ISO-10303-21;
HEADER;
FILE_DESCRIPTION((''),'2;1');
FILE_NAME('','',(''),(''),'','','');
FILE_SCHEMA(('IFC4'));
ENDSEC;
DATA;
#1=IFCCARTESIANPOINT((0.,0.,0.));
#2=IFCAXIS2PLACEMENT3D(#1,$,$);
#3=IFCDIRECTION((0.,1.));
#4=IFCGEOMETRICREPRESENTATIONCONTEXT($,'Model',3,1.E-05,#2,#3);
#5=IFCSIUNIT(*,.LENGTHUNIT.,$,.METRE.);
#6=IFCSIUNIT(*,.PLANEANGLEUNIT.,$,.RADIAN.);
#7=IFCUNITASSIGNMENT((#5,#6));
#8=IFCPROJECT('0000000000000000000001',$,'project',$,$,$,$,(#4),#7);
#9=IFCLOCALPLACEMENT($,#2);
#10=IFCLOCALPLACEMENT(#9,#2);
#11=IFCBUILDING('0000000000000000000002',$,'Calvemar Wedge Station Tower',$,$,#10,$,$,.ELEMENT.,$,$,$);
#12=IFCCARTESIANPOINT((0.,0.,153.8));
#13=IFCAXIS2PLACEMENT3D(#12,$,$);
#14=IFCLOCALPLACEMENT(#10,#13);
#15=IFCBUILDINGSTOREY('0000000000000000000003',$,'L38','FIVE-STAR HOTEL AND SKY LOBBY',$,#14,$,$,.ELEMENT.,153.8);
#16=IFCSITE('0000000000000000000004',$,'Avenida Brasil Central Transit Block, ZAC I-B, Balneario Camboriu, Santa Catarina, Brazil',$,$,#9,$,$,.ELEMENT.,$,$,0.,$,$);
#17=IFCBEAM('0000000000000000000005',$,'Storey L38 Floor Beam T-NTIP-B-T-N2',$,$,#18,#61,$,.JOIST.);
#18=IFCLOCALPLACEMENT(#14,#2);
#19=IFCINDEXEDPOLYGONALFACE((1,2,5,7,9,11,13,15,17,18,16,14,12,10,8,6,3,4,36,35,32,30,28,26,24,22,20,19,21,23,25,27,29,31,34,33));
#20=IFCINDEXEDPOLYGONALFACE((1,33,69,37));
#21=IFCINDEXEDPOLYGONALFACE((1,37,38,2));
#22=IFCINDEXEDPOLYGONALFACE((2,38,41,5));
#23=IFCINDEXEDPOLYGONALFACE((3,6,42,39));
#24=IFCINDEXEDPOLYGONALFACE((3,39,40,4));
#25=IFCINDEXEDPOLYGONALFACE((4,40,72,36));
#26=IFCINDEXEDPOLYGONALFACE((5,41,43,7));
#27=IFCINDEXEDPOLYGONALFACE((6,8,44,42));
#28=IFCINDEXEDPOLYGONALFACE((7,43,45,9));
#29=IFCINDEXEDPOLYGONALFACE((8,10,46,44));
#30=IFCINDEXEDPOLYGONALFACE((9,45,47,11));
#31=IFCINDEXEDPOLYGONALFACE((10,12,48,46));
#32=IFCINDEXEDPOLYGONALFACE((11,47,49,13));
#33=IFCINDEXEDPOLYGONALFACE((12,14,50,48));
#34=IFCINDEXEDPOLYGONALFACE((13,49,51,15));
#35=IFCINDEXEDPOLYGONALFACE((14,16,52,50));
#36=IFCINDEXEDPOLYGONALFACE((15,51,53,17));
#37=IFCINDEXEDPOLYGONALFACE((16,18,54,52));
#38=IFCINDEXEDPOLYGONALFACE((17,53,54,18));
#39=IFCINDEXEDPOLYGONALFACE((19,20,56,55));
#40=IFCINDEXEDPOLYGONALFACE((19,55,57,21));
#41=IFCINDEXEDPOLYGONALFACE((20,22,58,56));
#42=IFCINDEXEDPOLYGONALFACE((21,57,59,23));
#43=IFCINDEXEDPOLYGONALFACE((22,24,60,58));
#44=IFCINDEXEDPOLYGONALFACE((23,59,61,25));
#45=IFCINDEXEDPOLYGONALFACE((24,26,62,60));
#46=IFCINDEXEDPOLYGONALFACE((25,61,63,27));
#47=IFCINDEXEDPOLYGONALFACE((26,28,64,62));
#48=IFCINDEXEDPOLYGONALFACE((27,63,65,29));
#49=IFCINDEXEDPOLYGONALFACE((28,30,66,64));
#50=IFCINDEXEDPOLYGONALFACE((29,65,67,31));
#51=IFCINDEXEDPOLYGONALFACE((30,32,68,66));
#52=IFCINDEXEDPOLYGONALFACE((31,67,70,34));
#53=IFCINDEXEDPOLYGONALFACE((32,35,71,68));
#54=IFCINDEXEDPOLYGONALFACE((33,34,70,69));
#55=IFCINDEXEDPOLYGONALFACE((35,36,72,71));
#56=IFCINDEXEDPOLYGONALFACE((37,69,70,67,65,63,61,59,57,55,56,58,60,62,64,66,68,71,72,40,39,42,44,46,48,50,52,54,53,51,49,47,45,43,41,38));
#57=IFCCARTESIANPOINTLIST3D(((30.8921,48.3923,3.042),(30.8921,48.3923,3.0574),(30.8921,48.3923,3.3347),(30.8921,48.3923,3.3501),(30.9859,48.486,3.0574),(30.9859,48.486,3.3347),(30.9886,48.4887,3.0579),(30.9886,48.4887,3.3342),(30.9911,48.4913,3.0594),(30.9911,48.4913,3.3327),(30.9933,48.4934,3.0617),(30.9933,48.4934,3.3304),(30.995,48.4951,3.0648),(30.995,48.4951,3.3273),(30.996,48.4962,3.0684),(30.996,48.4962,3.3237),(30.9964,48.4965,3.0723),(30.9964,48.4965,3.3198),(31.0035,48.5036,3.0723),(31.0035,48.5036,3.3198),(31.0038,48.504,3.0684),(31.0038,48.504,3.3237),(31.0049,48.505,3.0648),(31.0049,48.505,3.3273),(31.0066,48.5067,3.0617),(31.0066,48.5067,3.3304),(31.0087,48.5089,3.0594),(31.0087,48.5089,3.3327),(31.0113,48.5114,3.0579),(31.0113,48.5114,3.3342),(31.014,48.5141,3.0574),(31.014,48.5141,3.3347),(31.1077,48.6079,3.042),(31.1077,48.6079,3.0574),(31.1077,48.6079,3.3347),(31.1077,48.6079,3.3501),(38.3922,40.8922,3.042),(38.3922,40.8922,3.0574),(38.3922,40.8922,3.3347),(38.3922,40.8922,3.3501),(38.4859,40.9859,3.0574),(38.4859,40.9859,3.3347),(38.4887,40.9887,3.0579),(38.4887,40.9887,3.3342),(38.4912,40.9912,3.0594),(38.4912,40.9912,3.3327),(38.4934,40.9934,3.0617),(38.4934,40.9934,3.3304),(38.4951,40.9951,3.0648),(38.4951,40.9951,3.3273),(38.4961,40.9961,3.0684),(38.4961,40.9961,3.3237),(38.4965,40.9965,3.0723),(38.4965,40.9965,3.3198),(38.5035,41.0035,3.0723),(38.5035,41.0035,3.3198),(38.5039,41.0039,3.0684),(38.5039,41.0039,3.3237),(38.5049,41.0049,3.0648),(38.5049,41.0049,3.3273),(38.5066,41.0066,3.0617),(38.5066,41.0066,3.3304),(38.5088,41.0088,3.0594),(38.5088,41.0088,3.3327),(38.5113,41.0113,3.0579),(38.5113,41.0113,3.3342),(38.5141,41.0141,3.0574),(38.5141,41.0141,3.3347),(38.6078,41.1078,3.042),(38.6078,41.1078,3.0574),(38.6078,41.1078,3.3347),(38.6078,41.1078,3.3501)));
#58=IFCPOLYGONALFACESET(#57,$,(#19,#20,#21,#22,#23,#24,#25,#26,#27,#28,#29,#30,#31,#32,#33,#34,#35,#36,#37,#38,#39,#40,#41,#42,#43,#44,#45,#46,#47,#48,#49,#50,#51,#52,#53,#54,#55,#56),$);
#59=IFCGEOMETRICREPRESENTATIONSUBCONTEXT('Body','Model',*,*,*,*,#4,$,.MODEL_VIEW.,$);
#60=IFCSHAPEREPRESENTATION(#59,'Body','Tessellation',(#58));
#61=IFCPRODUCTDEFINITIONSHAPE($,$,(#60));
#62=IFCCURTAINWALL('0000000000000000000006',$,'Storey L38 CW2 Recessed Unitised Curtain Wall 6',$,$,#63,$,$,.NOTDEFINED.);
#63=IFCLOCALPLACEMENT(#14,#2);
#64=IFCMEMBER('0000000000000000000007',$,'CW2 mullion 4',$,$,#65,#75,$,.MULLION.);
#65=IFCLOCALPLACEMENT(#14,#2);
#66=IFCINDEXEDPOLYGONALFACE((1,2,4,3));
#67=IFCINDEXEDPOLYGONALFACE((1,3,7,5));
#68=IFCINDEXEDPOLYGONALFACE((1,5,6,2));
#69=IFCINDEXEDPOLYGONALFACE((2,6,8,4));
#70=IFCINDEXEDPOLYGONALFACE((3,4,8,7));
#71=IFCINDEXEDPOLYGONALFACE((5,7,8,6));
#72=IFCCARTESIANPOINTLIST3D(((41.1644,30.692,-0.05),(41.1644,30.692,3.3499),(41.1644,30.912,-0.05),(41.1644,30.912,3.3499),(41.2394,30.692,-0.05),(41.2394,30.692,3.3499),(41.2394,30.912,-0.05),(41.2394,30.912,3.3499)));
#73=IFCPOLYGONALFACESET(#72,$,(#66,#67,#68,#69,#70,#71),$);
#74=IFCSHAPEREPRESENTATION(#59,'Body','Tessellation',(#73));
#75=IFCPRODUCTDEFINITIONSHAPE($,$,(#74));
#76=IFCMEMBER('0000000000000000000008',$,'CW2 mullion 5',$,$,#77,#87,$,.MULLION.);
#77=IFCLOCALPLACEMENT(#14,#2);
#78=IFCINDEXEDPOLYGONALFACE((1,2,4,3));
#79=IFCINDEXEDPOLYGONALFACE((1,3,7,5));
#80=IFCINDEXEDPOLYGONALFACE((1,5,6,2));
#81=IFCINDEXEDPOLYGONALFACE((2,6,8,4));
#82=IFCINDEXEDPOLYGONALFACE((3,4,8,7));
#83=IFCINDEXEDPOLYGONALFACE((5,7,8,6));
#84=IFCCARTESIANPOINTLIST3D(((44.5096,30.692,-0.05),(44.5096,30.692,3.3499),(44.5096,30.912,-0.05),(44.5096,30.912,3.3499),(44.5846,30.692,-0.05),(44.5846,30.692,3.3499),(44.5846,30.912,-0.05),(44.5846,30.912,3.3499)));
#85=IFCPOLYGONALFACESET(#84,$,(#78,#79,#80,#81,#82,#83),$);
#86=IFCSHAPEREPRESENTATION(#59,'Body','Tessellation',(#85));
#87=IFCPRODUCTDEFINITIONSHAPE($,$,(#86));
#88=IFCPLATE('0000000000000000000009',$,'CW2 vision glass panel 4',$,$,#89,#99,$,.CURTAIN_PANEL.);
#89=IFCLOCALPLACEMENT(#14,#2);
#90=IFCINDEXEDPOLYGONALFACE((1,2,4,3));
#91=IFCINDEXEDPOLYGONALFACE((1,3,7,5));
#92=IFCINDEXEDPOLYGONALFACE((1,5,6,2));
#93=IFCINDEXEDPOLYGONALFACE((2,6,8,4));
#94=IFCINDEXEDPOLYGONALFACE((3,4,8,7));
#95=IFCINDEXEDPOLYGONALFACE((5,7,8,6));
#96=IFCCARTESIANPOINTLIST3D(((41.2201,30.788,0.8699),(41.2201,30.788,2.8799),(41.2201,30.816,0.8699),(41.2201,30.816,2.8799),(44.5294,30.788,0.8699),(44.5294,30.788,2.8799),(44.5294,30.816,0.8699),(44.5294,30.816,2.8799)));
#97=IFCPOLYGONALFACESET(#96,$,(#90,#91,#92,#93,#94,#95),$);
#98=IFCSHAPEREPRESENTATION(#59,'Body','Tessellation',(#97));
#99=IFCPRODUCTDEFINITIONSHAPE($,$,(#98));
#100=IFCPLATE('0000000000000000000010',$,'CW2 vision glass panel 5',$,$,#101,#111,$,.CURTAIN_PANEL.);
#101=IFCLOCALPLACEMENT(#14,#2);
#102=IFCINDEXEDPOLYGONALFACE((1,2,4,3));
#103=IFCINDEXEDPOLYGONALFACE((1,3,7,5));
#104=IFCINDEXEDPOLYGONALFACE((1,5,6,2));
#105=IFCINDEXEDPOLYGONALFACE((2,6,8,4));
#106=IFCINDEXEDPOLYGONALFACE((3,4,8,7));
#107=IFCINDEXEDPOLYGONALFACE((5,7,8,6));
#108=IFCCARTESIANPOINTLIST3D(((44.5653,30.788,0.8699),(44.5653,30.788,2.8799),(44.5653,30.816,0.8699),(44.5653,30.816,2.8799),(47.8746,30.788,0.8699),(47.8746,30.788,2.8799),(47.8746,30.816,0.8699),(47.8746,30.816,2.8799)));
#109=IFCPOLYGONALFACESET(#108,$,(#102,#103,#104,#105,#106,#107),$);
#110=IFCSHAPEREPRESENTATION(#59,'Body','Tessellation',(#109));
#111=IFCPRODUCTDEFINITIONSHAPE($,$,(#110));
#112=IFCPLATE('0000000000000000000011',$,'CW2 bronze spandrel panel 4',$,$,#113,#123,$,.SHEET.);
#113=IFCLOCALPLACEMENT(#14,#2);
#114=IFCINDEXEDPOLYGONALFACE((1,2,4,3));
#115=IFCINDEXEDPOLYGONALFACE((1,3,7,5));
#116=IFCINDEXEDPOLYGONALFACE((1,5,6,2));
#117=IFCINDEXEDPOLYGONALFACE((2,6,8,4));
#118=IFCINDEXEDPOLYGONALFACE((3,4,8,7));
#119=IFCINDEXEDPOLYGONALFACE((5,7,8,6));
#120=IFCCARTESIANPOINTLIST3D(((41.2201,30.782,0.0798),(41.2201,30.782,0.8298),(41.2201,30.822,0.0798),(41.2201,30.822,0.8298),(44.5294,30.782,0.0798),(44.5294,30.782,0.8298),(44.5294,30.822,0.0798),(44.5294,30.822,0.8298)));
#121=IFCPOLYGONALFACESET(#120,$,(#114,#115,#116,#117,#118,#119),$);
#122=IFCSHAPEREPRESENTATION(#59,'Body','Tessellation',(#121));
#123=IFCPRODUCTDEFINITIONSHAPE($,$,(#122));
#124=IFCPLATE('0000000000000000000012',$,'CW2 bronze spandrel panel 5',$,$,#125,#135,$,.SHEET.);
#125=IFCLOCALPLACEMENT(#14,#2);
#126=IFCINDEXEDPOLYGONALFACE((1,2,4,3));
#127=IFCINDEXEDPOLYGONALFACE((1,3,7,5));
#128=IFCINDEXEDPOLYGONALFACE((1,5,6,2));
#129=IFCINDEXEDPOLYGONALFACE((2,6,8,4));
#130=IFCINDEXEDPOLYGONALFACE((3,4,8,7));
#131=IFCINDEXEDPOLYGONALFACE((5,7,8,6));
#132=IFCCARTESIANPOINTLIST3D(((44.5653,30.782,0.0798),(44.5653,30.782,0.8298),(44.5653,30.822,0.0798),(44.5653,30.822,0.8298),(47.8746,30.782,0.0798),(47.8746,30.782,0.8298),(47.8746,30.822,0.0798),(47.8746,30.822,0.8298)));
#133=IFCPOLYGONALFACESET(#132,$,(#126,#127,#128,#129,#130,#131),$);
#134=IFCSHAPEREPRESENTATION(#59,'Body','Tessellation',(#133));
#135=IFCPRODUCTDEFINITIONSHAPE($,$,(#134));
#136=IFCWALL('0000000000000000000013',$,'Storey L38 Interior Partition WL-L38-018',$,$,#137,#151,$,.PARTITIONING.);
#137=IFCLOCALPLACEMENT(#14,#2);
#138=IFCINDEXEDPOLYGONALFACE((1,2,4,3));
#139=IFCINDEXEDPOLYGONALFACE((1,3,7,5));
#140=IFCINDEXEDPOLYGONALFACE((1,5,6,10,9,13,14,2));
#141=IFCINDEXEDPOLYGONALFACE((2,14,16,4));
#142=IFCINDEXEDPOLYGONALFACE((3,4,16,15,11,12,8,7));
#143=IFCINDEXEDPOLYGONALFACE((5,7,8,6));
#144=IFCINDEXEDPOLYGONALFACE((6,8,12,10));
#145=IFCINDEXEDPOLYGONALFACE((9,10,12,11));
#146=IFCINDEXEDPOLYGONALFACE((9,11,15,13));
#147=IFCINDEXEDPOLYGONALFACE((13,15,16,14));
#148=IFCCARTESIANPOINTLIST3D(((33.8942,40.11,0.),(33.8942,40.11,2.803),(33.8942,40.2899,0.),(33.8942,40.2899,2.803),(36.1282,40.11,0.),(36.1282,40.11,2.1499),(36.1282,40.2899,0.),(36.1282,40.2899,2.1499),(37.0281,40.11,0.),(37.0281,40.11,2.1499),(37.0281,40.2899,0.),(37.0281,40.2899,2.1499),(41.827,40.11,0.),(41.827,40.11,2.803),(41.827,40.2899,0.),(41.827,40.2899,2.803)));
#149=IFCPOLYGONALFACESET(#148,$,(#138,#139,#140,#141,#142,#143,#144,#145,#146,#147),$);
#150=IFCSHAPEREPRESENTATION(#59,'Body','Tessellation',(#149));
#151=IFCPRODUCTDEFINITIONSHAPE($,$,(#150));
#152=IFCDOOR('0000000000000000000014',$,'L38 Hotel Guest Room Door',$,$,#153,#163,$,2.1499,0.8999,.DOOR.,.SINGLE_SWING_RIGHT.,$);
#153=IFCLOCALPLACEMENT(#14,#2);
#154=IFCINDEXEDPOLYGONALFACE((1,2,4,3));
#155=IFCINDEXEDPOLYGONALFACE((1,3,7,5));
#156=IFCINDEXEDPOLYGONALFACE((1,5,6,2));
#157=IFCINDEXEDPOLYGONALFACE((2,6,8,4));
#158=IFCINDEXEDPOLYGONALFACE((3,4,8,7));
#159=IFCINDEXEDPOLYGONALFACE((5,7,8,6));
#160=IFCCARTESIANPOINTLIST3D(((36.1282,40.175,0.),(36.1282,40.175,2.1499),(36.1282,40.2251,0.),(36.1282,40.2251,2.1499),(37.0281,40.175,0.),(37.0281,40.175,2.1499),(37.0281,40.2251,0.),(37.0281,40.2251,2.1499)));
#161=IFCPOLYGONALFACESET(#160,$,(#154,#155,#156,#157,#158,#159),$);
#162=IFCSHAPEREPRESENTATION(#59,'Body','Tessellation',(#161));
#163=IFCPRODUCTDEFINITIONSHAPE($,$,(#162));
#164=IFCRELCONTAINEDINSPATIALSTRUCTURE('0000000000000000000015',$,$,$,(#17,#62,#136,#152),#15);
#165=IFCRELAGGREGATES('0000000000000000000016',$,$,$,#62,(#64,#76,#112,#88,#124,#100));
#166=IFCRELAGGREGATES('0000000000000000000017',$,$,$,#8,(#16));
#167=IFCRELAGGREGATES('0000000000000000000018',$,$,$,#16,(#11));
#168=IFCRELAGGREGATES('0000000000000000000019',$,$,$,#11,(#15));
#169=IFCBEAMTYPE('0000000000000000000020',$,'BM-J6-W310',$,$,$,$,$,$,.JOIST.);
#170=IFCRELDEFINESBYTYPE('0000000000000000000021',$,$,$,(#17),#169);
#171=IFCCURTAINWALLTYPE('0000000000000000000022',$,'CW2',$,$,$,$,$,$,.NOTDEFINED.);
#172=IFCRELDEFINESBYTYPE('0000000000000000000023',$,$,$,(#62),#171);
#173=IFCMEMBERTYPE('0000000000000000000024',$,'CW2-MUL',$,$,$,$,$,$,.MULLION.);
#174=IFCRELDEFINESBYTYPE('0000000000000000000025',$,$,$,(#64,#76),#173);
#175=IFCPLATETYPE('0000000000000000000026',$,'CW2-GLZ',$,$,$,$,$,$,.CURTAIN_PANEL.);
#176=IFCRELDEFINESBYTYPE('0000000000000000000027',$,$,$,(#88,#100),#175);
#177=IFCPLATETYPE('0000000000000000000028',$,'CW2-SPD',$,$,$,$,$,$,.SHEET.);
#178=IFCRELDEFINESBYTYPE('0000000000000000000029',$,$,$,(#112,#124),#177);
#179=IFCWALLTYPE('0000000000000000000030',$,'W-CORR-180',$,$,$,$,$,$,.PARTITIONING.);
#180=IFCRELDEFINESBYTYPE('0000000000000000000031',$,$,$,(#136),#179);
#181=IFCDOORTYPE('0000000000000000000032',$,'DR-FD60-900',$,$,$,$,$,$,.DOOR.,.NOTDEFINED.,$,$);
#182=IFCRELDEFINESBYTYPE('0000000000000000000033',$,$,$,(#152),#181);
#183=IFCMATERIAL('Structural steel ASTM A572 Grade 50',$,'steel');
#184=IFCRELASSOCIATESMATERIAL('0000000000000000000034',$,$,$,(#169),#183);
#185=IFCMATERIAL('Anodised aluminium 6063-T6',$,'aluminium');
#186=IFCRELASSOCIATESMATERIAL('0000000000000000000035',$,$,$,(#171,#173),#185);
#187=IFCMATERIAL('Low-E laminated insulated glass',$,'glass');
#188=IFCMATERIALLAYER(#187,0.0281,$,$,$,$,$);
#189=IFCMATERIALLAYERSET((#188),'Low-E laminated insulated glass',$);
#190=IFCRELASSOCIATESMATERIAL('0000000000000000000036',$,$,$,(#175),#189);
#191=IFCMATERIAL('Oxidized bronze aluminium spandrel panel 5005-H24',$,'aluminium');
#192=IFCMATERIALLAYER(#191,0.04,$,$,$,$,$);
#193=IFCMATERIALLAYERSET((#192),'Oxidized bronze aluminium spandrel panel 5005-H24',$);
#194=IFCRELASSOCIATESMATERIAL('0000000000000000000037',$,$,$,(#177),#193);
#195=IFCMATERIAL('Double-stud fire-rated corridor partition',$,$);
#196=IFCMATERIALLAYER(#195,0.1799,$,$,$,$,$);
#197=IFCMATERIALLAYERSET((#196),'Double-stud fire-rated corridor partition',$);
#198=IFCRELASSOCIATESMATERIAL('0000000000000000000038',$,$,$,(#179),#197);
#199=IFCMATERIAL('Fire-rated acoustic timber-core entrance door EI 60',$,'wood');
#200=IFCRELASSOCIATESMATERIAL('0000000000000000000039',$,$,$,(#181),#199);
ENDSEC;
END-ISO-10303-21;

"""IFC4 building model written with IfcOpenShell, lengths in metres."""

from ifc_helpers import new_model, si_unit, direction, frame, frame_2d, origin, origin_2d, place, context, subcontext, project, spatial, rectangle, i_section, extrude, source, transform, mapped, material, layer, layer_set, material_profile, profile_set, type_object, element, fill, aggregate, save


model = new_model("IFC4")

# Units and contexts
model_context = context("Model", 3, precision=1e-05, world=origin(), true_north=direction((0.0, 1.0)))
body_context = subcontext(model_context, "Body", "Model", "MODEL_VIEW")
ifc_project = project(units=[si_unit("LENGTHUNIT", "METRE"), si_unit("PLANEANGLEUNIT", "RADIAN")], contexts=[model_context])

# Site, building, storey
site_placement = place(None, origin())
site = spatial("IfcSite", under=ifc_project, at=site_placement, Name="Avenida Brasil Central Transit Block, ZAC I-B, Balneario Camboriu, Santa Catarina, Brazil", CompositionType="ELEMENT", RefElevation=0.0)
building_placement = place(site_placement, origin())
building = spatial("IfcBuilding", under=site, at=building_placement, Name="Calvemar Wedge Station Tower", CompositionType="ELEMENT")
storey_placement = place(building_placement, frame((0.0, 0.0, 153.8)))
storey = spatial("IfcBuildingStorey", under=building, at=storey_placement, Name="L38", Description="FIVE-STAR HOTEL AND SKY LOBBY", CompositionType="ELEMENT", Elevation=153.8)

# Beam
ifc_material_1 = material(Name="Structural steel ASTM A572 Grade 50", Category="steel")
ifc_material_profile_1 = material_profile(ifc_material_1, i_section(OverallWidth=0.3049, OverallDepth=0.3081, WebThickness=0.01, FlangeThickness=0.0154, FilletRadius=0.0149, at=origin_2d()), Name="W310x97")
ifc_profile_set_1 = profile_set([ifc_material_profile_1], Name="Structural steel ASTM A572 Grade 50")
beam_type = type_object("IfcBeamType", Name="BM-J6-W310", PredefinedType="JOIST", material=ifc_profile_set_1)
shared_shape_1 = source(origin(), body_context, "Body", "SweptSolid", [
    extrude(i_section(OverallWidth=0.3049, OverallDepth=0.3081, WebThickness=0.01, FlangeThickness=0.0154, FilletRadius=0.0149, at=origin_2d()), origin(), (0.0, 0.0, 1.0), 10.6067),
])
beam_placement = place(storey_placement, frame((38.5, 41.0, 3.196), z_axis=(-0.707107, 0.707107, 0.0), x_axis=(-0.707107, -0.707107, 0.0)))
element("IfcBeam", 1, at=beam_placement, inside=storey, type_object=beam_type, Name="Storey L38 Floor Beam T-NTIP-B-T-N2", PredefinedType="JOIST", context=body_context, shape_type="MappedRepresentation", body=[
    mapped(shared_shape_1, transform((0.0, 0.0, 0.0), scale=1.0)),
])

# Curtain wall, members, plates
ifc_material_2 = material(Name="Anodised aluminium 6063-T6", Category="aluminium")
curtain_wall_type = type_object("IfcCurtainWallType", Name="CW2", PredefinedType="NOTDEFINED", material=ifc_material_2)
curtain_wall_placement = place(storey_placement, origin())
curtain_wall = element("IfcCurtainWall", 2, at=curtain_wall_placement, inside=storey, type_object=curtain_wall_type, Name="Storey L38 CW2 Recessed Unitised Curtain Wall 6", PredefinedType="NOTDEFINED")
ifc_material_profile_2 = material_profile(ifc_material_2, rectangle(XDim=0.075, YDim=0.22, at=origin_2d()), Name="AL-MUL-75x220")
ifc_profile_set_2 = profile_set([ifc_material_profile_2], Name="Anodised aluminium 6063-T6")
member_type = type_object("IfcMemberType", Name="CW2-MUL", PredefinedType="MULLION", material=ifc_profile_set_2)
shared_shape_2 = source(origin(), body_context, "Body", "SweptSolid", [
    extrude(rectangle(XDim=0.075, YDim=0.22, at=origin_2d()), origin(), (0.0, 0.0, 1.0), 3.3999),
])
member_1_placement = place(storey_placement, frame((41.2019, 30.802, -0.05), z_axis=(0.0, 0.0, 1.0), x_axis=(1.0, 0.0, 0.0)))
member_1 = element("IfcMember", 3, at=member_1_placement, type_object=member_type, Name="CW2 mullion 4", PredefinedType="MULLION", context=body_context, shape_type="MappedRepresentation", body=[
    mapped(shared_shape_2, transform((0.0, 0.0, 0.0), scale=1.0)),
])
member_2_placement = place(storey_placement, frame((44.5471, 30.802, -0.05), z_axis=(0.0, 0.0, 1.0), x_axis=(1.0, 0.0, 0.0)))
member_2 = element("IfcMember", 4, at=member_2_placement, type_object=member_type, Name="CW2 mullion 5", PredefinedType="MULLION", context=body_context, shape_type="MappedRepresentation", body=[
    mapped(shared_shape_2, transform((0.0, 0.0, 0.0), scale=1.0)),
])
ifc_material_3 = material(Name="Low-E laminated insulated glass", Category="glass")
ifc_layer_1 = layer(ifc_material_3, 0.0281)
ifc_layer_set_1 = layer_set([ifc_layer_1], Name="Low-E laminated insulated glass")
plate_type_1 = type_object("IfcPlateType", Name="CW2-GLZ", PredefinedType="CURTAIN_PANEL", material=ifc_layer_set_1)
plate_1_placement = place(storey_placement, frame((41.22, 30.802, 0.8699), z_axis=(0.0, 0.0, 1.0), x_axis=(1.0, 0.0, 0.0)))
plate_1 = element("IfcPlate", 5, at=plate_1_placement, type_object=plate_type_1, Name="CW2 vision glass panel 4", PredefinedType="CURTAIN_PANEL", context=body_context, shape_type="SweptSolid", body=[
    extrude(rectangle(XDim=3.3093, YDim=0.0281, at=frame_2d((1.6548, 0.0))), origin(), (0.0, 0.0, 1.0), 2.01),
])
plate_2_placement = place(storey_placement, frame((44.5652, 30.802, 0.8699), z_axis=(0.0, 0.0, 1.0), x_axis=(1.0, 0.0, 0.0)))
plate_2 = element("IfcPlate", 6, at=plate_2_placement, type_object=plate_type_1, Name="CW2 vision glass panel 5", PredefinedType="CURTAIN_PANEL", context=body_context, shape_type="SweptSolid", body=[
    extrude(rectangle(XDim=3.3093, YDim=0.0281, at=frame_2d((1.6548, 0.0))), origin(), (0.0, 0.0, 1.0), 2.01),
])
ifc_material_4 = material(Name="Oxidized bronze aluminium spandrel panel 5005-H24", Category="aluminium")
ifc_layer_2 = layer(ifc_material_4, 0.04)
ifc_layer_set_2 = layer_set([ifc_layer_2], Name="Oxidized bronze aluminium spandrel panel 5005-H24")
plate_type_2 = type_object("IfcPlateType", Name="CW2-SPD", PredefinedType="SHEET", material=ifc_layer_set_2)
plate_3_placement = place(storey_placement, frame((41.22, 30.802, 0.0798), z_axis=(0.0, 0.0, 1.0), x_axis=(1.0, 0.0, 0.0)))
plate_3 = element("IfcPlate", 7, at=plate_3_placement, type_object=plate_type_2, Name="CW2 bronze spandrel panel 4", PredefinedType="SHEET", context=body_context, shape_type="SweptSolid", body=[
    extrude(rectangle(XDim=3.3093, YDim=0.04, at=frame_2d((1.6548, 0.0))), origin(), (0.0, 0.0, 1.0), 0.75),
])
plate_4_placement = place(storey_placement, frame((44.5652, 30.802, 0.0798), z_axis=(0.0, 0.0, 1.0), x_axis=(1.0, 0.0, 0.0)))
plate_4 = element("IfcPlate", 8, at=plate_4_placement, type_object=plate_type_2, Name="CW2 bronze spandrel panel 5", PredefinedType="SHEET", context=body_context, shape_type="SweptSolid", body=[
    extrude(rectangle(XDim=3.3093, YDim=0.04, at=frame_2d((1.6548, 0.0))), origin(), (0.0, 0.0, 1.0), 0.75),
])
aggregate(curtain_wall, [member_1, member_2, plate_3, plate_1, plate_4, plate_2])

# Wall, opening, door
ifc_material_5 = material(Name="Double-stud fire-rated corridor partition")
ifc_layer_3 = layer(ifc_material_5, 0.1799)
ifc_layer_set_3 = layer_set([ifc_layer_3], Name="Double-stud fire-rated corridor partition")
wall_type_1 = type_object("IfcWallType", Name="W-CORR-180", PredefinedType="PARTITIONING", material=ifc_layer_set_3)
wall_1_placement = place(storey_placement, frame((41.8269, 40.2, 0.0), z_axis=(0.0, 0.0, 1.0), x_axis=(-1.0, 0.0, 0.0)))
wall_1 = element("IfcWall", 9, at=wall_1_placement, inside=storey, type_object=wall_type_1, Name="Storey L38 Interior Partition WL-L38-018", PredefinedType="PARTITIONING", context=body_context, shape_type="SweptSolid", body=[
    extrude(rectangle(XDim=7.9329, YDim=0.1799, at=frame_2d((3.9663, 0.0))), origin(), (0.0, 0.0, 1.0), 2.803),
])
shared_shape_3 = source(origin(), body_context, "Body", "SweptSolid", [
    extrude(rectangle(XDim=0.8999, YDim=2.1499, at=frame_2d((0.45, 1.075))), frame((0.0, 0.1001, 0.0), z_axis=(0.0, -1.0, 0.0), x_axis=(1.0, 0.0, 0.0)), (0.0, 0.0, 1.0), 0.2),
])
opening_1_placement = place(wall_1_placement, frame((4.7988, 0.0, 0.0)))
opening_1 = element("IfcOpeningElement", 10, at=opening_1_placement, cuts=wall_1, PredefinedType="OPENING", context=body_context, shape_type="MappedRepresentation", body=[
    mapped(shared_shape_3, transform((0.0, 0.0, 0.0), scale=1.0)),
])
ifc_material_6 = material(Name="Fire-rated acoustic timber-core entrance door EI 60", Category="wood")
door_type_1 = type_object("IfcDoorType", Name="DR-FD60-900", OperationType="NOTDEFINED", PredefinedType="DOOR", material=ifc_material_6)
shared_shape_4 = source(origin(), body_context, "Body", "SweptSolid", [
    extrude(rectangle(XDim=0.8999, YDim=2.1499, at=frame_2d((0.45, 1.075))), frame((0.0, 0.0249, 0.0), z_axis=(0.0, -1.0, 0.0), x_axis=(1.0, 0.0, 0.0)), (0.0, 0.0, 1.0), 0.05),
])
door_1_placement = place(opening_1_placement, origin())
door_1 = element("IfcDoor", 11, at=door_1_placement, inside=storey, type_object=door_type_1, Name="L38 Hotel Guest Room Door", OperationType="SINGLE_SWING_RIGHT", OverallHeight=2.1499, OverallWidth=0.8999, PredefinedType="DOOR", context=body_context, shape_type="MappedRepresentation", body=[
    mapped(shared_shape_4, transform((0.0, 0.0, 0.0), scale=1.0)),
])
fill(opening_1, door_1)

save(model, "model.ifc")
